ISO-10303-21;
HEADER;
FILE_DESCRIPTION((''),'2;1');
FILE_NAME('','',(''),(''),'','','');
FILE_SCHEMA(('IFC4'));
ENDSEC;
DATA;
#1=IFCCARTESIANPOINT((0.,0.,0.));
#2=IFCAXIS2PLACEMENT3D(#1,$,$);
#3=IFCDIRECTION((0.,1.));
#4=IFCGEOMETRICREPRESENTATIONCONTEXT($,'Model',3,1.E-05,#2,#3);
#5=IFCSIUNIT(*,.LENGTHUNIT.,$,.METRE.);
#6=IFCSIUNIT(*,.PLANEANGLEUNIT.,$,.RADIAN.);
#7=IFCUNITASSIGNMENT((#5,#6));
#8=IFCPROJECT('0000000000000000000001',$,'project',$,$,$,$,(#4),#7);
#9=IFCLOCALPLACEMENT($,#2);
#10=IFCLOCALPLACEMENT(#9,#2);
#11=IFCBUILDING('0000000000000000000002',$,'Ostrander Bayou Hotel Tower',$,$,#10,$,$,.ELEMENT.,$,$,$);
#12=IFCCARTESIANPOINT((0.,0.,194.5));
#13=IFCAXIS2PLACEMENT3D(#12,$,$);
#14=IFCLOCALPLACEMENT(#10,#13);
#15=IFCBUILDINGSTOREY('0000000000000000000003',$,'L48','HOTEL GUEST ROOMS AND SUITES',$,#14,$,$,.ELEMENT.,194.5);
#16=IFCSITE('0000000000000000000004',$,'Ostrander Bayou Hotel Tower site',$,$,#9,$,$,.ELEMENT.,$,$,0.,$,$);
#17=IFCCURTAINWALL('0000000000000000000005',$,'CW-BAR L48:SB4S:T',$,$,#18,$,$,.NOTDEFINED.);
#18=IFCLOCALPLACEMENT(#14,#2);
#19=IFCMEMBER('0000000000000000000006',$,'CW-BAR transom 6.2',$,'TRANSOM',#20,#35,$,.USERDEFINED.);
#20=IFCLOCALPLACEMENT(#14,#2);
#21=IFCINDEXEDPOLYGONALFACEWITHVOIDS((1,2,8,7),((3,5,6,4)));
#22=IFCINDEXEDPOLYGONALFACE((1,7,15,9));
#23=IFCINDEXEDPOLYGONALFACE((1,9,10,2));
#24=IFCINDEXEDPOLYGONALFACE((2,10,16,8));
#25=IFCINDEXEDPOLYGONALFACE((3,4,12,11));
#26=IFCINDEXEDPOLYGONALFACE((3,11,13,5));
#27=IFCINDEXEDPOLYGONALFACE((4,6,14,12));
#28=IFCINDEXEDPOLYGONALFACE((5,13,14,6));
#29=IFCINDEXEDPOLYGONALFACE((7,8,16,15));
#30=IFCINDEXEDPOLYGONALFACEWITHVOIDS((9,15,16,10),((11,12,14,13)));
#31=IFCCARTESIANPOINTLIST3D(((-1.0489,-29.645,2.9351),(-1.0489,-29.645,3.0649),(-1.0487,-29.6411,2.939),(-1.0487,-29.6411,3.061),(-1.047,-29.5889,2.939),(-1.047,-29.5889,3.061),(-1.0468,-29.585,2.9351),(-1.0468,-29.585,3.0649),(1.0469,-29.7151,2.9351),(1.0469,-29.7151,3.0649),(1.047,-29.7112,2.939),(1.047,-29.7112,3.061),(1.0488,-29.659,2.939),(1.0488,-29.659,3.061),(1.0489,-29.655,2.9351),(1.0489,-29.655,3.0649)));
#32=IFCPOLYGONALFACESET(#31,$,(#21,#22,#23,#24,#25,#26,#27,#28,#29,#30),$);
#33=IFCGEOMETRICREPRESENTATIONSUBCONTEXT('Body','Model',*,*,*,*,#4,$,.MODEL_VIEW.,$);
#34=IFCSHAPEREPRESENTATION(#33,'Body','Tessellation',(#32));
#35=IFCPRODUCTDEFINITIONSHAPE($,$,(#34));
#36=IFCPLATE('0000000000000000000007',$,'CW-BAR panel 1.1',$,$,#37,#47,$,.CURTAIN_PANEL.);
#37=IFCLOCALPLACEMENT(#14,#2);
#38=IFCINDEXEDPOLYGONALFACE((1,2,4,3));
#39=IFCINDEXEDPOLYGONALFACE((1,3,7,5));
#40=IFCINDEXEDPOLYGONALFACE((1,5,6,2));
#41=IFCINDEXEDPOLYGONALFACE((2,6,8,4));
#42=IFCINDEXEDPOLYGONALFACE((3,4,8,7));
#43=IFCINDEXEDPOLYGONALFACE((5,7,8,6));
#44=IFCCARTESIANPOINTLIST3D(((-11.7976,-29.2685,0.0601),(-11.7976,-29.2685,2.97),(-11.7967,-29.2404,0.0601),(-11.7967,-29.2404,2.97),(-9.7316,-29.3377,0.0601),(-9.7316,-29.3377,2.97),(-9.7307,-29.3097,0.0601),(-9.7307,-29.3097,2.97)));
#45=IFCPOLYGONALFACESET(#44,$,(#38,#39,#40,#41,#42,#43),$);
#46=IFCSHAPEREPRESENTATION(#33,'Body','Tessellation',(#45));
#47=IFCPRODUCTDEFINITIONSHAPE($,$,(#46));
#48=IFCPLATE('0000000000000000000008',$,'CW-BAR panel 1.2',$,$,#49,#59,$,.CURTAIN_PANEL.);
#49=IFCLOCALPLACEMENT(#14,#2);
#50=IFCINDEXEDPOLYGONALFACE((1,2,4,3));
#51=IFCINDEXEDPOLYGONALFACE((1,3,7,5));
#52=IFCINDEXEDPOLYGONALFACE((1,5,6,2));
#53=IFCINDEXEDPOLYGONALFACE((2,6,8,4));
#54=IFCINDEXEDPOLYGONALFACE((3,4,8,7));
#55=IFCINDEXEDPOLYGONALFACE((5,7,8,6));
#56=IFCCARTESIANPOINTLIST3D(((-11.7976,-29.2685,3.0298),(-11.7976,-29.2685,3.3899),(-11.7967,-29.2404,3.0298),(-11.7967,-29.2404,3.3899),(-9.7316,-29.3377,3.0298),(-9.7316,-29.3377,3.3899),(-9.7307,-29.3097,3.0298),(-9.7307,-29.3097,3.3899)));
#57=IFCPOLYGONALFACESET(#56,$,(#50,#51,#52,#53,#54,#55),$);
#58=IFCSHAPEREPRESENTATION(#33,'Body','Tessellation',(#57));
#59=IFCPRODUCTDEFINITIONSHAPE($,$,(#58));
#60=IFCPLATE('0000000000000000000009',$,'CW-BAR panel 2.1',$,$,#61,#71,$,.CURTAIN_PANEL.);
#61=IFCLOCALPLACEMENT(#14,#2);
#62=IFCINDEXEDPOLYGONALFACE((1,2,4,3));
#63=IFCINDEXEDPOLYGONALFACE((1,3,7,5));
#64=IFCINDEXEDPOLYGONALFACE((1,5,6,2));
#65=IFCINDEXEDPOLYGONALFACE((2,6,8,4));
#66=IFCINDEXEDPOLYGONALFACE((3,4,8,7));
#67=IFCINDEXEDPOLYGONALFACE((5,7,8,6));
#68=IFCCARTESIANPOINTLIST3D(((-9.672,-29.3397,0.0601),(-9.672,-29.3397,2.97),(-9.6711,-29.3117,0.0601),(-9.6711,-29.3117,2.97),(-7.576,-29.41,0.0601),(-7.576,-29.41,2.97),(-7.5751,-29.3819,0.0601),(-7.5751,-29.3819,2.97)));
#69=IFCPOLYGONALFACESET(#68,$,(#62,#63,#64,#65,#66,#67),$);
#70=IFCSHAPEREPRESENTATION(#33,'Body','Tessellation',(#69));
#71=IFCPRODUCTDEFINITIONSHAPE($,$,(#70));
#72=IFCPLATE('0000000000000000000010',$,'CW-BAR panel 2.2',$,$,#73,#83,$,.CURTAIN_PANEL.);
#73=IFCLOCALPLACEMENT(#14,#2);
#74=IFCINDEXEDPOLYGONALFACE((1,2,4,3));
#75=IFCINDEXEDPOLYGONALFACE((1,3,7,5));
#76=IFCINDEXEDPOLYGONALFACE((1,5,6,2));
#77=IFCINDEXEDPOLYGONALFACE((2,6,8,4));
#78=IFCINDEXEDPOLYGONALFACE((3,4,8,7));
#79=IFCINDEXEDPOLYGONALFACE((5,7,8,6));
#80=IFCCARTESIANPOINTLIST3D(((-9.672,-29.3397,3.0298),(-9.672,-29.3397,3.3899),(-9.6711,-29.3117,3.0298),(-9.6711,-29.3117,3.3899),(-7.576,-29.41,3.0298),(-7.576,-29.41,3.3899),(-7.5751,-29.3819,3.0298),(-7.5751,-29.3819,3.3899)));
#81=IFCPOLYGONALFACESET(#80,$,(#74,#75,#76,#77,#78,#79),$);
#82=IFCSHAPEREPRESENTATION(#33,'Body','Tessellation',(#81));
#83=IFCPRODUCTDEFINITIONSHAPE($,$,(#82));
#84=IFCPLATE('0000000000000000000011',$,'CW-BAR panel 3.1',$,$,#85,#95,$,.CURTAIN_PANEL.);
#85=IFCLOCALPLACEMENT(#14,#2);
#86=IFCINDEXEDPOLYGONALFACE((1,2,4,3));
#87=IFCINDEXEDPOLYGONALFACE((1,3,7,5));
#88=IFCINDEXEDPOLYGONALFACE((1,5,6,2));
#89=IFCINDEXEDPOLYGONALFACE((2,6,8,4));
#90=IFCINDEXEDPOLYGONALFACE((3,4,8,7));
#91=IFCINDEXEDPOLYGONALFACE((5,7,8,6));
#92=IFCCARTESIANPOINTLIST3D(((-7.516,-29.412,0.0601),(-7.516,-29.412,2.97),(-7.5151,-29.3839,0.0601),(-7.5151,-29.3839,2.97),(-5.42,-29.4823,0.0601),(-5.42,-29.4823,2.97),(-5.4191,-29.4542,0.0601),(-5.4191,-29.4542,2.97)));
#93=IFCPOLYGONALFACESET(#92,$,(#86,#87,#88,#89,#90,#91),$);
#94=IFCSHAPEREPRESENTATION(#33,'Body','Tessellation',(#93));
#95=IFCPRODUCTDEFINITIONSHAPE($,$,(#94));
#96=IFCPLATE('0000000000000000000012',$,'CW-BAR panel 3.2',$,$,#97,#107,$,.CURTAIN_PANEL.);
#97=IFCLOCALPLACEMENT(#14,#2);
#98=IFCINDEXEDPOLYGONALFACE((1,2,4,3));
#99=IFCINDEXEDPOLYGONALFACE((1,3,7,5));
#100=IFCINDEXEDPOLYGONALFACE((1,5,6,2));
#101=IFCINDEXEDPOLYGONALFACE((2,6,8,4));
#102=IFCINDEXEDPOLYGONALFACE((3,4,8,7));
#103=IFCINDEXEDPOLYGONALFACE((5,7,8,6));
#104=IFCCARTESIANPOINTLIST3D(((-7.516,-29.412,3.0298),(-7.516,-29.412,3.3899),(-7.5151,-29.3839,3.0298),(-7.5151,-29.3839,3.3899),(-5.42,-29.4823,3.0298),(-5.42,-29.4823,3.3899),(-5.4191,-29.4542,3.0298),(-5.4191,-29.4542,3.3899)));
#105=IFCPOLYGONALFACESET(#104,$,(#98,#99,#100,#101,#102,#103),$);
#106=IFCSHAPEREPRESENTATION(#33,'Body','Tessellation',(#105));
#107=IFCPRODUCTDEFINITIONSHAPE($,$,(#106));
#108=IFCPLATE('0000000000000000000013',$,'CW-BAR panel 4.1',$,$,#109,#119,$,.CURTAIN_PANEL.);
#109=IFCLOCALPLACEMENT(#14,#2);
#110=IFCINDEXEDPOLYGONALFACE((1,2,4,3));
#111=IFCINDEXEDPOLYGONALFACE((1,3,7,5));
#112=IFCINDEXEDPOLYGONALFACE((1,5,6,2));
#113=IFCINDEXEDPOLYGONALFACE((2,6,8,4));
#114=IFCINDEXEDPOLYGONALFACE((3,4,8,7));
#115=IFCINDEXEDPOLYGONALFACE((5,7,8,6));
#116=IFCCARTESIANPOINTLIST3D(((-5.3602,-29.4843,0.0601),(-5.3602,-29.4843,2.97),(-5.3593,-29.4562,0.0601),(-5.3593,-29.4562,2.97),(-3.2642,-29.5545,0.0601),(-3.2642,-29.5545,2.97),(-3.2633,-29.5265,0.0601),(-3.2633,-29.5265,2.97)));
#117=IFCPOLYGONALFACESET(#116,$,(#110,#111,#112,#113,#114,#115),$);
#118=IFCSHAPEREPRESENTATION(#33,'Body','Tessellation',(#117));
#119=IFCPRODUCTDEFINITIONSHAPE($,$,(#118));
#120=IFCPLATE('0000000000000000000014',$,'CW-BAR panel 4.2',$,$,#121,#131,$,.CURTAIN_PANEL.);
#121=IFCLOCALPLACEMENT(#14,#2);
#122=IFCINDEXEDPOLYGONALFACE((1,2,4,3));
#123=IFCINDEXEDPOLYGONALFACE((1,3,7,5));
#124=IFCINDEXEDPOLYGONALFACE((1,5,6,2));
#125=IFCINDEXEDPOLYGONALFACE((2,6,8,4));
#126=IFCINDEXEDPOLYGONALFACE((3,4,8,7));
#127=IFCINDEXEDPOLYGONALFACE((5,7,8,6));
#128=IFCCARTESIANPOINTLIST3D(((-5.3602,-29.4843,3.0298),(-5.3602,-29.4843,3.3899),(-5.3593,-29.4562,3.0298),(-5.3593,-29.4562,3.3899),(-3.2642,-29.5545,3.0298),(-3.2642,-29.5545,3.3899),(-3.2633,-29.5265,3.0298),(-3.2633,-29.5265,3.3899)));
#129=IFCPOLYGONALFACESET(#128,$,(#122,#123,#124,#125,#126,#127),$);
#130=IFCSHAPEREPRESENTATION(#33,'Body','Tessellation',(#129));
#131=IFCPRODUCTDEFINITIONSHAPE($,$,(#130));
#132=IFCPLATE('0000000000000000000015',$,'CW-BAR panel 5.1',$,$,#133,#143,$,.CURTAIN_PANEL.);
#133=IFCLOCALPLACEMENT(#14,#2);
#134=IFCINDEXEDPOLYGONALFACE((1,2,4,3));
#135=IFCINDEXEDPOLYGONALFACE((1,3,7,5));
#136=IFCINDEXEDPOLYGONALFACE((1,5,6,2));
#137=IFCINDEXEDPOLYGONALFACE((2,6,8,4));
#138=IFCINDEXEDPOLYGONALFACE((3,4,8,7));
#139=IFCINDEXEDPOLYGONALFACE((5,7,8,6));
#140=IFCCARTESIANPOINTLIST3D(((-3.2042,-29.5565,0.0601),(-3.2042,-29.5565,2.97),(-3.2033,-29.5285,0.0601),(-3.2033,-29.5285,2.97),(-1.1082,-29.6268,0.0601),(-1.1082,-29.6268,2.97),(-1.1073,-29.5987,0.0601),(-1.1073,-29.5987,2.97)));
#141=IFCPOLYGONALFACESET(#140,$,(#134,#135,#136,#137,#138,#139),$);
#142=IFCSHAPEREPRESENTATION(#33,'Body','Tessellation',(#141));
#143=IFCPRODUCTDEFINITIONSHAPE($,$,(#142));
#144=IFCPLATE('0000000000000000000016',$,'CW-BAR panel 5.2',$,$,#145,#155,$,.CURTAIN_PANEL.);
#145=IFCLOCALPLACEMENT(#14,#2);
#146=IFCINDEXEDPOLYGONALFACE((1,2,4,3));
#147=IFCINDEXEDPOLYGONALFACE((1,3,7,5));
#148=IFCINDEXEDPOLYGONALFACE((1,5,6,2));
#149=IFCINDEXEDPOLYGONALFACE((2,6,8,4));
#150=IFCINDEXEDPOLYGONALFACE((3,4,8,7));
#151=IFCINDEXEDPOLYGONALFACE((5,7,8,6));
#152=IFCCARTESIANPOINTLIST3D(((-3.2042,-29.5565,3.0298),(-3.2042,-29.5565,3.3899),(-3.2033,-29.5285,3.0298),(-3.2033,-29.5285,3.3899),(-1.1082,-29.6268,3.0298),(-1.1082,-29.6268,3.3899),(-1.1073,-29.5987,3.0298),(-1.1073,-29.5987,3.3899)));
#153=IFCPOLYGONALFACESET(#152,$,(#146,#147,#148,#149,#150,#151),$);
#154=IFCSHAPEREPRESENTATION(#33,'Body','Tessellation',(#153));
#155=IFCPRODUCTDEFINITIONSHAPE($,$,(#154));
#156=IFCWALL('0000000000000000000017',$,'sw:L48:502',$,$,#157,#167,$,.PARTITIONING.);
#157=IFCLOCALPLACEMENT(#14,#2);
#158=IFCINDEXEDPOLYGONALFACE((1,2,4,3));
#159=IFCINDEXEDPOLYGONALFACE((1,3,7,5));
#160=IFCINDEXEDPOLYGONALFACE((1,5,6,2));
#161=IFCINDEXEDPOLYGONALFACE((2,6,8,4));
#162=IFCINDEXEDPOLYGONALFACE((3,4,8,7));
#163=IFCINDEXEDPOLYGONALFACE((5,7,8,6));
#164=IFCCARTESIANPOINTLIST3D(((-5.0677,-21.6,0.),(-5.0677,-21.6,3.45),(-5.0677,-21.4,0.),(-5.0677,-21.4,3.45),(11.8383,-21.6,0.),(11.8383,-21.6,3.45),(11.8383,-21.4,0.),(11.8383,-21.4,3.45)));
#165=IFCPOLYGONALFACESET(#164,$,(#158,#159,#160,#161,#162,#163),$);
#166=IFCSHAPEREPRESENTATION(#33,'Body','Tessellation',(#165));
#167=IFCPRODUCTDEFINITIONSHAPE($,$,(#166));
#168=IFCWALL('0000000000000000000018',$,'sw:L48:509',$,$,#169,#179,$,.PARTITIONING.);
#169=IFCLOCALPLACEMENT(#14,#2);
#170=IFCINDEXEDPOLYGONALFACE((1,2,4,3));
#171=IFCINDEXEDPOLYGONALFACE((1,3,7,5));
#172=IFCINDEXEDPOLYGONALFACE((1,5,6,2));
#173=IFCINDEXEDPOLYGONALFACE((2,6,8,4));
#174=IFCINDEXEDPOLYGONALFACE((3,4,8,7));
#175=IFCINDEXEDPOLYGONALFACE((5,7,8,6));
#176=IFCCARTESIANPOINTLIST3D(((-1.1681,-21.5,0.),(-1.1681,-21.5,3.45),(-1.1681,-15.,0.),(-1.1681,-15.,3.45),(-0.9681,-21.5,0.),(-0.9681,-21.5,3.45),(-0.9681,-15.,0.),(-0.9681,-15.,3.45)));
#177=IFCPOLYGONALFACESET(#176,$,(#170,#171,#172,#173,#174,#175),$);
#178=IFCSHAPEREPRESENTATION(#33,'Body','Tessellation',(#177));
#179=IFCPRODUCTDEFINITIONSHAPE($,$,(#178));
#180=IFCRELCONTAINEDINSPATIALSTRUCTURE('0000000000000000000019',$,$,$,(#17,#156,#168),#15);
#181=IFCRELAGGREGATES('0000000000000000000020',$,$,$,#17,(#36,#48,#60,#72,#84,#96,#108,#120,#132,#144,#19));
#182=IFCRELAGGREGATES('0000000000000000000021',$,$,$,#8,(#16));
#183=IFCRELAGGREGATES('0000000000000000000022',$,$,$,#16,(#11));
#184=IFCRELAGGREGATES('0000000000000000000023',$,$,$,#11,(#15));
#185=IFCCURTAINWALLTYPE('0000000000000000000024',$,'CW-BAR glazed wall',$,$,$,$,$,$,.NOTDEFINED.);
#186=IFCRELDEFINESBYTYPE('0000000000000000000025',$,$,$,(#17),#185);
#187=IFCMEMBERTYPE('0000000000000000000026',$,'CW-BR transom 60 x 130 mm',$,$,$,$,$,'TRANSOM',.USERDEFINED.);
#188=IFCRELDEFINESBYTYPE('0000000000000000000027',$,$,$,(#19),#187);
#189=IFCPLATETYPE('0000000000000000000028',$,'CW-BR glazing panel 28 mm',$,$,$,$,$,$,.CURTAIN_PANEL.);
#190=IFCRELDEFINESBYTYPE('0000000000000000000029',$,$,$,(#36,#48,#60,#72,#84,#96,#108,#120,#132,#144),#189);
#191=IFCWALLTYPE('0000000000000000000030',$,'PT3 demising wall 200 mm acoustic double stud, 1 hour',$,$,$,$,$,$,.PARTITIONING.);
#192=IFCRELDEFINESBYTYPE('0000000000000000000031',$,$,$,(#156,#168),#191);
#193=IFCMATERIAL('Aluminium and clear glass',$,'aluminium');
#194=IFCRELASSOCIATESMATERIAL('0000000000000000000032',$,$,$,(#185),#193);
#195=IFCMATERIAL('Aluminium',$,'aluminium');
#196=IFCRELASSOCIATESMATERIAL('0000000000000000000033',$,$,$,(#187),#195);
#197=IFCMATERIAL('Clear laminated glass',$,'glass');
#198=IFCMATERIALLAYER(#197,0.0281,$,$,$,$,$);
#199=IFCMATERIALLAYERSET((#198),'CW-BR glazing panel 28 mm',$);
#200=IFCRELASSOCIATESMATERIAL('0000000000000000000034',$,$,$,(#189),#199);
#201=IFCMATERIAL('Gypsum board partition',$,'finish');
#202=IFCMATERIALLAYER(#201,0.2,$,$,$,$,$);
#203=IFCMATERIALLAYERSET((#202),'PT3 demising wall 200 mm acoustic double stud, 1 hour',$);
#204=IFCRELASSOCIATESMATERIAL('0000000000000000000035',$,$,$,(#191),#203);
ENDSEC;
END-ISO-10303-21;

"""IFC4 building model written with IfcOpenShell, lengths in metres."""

from ifc_helpers import new_model, si_unit, direction, frame, frame_2d, origin, origin_2d, place, context, subcontext, project, spatial, rectangle, hollow_rectangle, extrude, material, layer, layer_set, material_profile, profile_set, type_object, element, aggregate, save


model = new_model("IFC4")

# Units and contexts
model_context = context("Model", 3, precision=1e-05, world=origin(), true_north=direction((0.0, 1.0)))
body_context = subcontext(model_context, "Body", "Model", "MODEL_VIEW")
ifc_project = project(units=[si_unit("LENGTHUNIT", "METRE"), si_unit("PLANEANGLEUNIT", "RADIAN")], contexts=[model_context])

# Site, building, storey
site_placement = place(None, origin())
site = spatial("IfcSite", under=ifc_project, at=site_placement, Name="Ostrander Bayou Hotel Tower site", CompositionType="ELEMENT", RefElevation=0.0)
building_placement = place(site_placement, origin())
building = spatial("IfcBuilding", under=site, at=building_placement, Name="Ostrander Bayou Hotel Tower", CompositionType="ELEMENT")
storey_placement = place(building_placement, frame((0.0, 0.0, 194.5)))
storey = spatial("IfcBuildingStorey", under=building, at=storey_placement, Name="L48", Description="HOTEL GUEST ROOMS AND SUITES", CompositionType="ELEMENT", Elevation=194.5)

# Curtain wall, member, plates
ifc_material_1 = material(Name="Aluminium and clear glass", Category="aluminium")
curtain_wall_type = type_object("IfcCurtainWallType", Name="CW-BAR glazed wall", PredefinedType="NOTDEFINED", material=ifc_material_1)
curtain_wall_placement = place(storey_placement, origin())
curtain_wall = element("IfcCurtainWall", 1, at=curtain_wall_placement, inside=storey, type_object=curtain_wall_type, Name="CW-BAR L48:SB4S:T", PredefinedType="NOTDEFINED")
ifc_material_2 = material(Name="Aluminium", Category="aluminium")
ifc_material_profile_1 = material_profile(ifc_material_2, hollow_rectangle(XDim=0.0601, YDim=0.1299, WallThickness=0.0039, at=origin_2d()))
ifc_profile_set_1 = profile_set([ifc_material_profile_1], Name="Aluminium")
member_type_1 = type_object("IfcMemberType", Name="CW-BR transom 60 x 130 mm", ElementType="TRANSOM", PredefinedType="USERDEFINED", material=ifc_profile_set_1)
member_1_placement = place(storey_placement, frame((-1.0479, -29.615, 3.0), z_axis=(0.999442, -0.033416, 0.0), x_axis=(0.033416, 0.999442, 0.0)))
member_1 = element("IfcMember", 2, at=member_1_placement, type_object=member_type_1, Name="CW-BAR transom 6.2", ObjectType="TRANSOM", PredefinedType="USERDEFINED", context=body_context, shape_type="SweptSolid", body=[
    extrude(hollow_rectangle(XDim=0.0601, YDim=0.1299, WallThickness=0.0039, at=origin_2d()), origin(), (0.0, 0.0, 1.0), 2.0969),
])
ifc_material_3 = material(Name="Clear laminated glass", Category="glass")
ifc_layer_1 = layer(ifc_material_3, 0.0281)
ifc_layer_set_1 = layer_set([ifc_layer_1], Name="CW-BR glazing panel 28 mm")
plate_type = type_object("IfcPlateType", Name="CW-BR glazing panel 28 mm", PredefinedType="CURTAIN_PANEL", material=ifc_layer_set_1)
plate_1_placement = place(storey_placement, frame((-10.7642, -29.2891, 0.0601), z_axis=(0.0, 0.0, 1.0), x_axis=(0.999439, -0.033505, 0.0)))
plate_1 = element("IfcPlate", 3, at=plate_1_placement, type_object=plate_type, Name="CW-BAR panel 1.1", PredefinedType="CURTAIN_PANEL", context=body_context, shape_type="SweptSolid", body=[
    extrude(rectangle(XDim=2.0671, YDim=0.0281, at=origin_2d()), origin(), (0.0, 0.0, 1.0), 2.9099),
])
plate_2_placement = place(storey_placement, frame((-10.7642, -29.2891, 3.0298), z_axis=(0.0, 0.0, 1.0), x_axis=(0.999439, -0.033505, 0.0)))
plate_2 = element("IfcPlate", 4, at=plate_2_placement, type_object=plate_type, Name="CW-BAR panel 1.2", PredefinedType="CURTAIN_PANEL", context=body_context, shape_type="SweptSolid", body=[
    extrude(rectangle(XDim=2.0671, YDim=0.0281, at=origin_2d()), origin(), (0.0, 0.0, 1.0), 0.3601),
])
plate_3_placement = place(storey_placement, frame((-8.6235, -29.3608, 0.0601), z_axis=(0.0, 0.0, 1.0), x_axis=(0.999439, -0.033505, 0.0)))
plate_3 = element("IfcPlate", 5, at=plate_3_placement, type_object=plate_type, Name="CW-BAR panel 2.1", PredefinedType="CURTAIN_PANEL", context=body_context, shape_type="SweptSolid", body=[
    extrude(rectangle(XDim=2.0972, YDim=0.0281, at=origin_2d()), origin(), (0.0, 0.0, 1.0), 2.9099),
])
plate_4_placement = place(storey_placement, frame((-8.6235, -29.3608, 3.0298), z_axis=(0.0, 0.0, 1.0), x_axis=(0.999439, -0.033505, 0.0)))
plate_4 = element("IfcPlate", 6, at=plate_4_placement, type_object=plate_type, Name="CW-BAR panel 2.2", PredefinedType="CURTAIN_PANEL", context=body_context, shape_type="SweptSolid", body=[
    extrude(rectangle(XDim=2.0972, YDim=0.0281, at=origin_2d()), origin(), (0.0, 0.0, 1.0), 0.3601),
])
plate_5_placement = place(storey_placement, frame((-6.4675, -29.4331, 0.0601), z_axis=(0.0, 0.0, 1.0), x_axis=(0.999439, -0.033505, 0.0)))
plate_5 = element("IfcPlate", 7, at=plate_5_placement, type_object=plate_type, Name="CW-BAR panel 3.1", PredefinedType="CURTAIN_PANEL", context=body_context, shape_type="SweptSolid", body=[
    extrude(rectangle(XDim=2.0972, YDim=0.0281, at=origin_2d()), origin(), (0.0, 0.0, 1.0), 2.9099),
])
plate_6_placement = place(storey_placement, frame((-6.4675, -29.4331, 3.0298), z_axis=(0.0, 0.0, 1.0), x_axis=(0.999439, -0.033505, 0.0)))
plate_6 = element("IfcPlate", 8, at=plate_6_placement, type_object=plate_type, Name="CW-BAR panel 3.2", PredefinedType="CURTAIN_PANEL", context=body_context, shape_type="SweptSolid", body=[
    extrude(rectangle(XDim=2.0972, YDim=0.0281, at=origin_2d()), origin(), (0.0, 0.0, 1.0), 0.3601),
])
plate_7_placement = place(storey_placement, frame((-4.3118, -29.5054, 0.0601), z_axis=(0.0, 0.0, 1.0), x_axis=(0.999439, -0.033505, 0.0)))
plate_7 = element("IfcPlate", 9, at=plate_7_placement, type_object=plate_type, Name="CW-BAR panel 4.1", PredefinedType="CURTAIN_PANEL", context=body_context, shape_type="SweptSolid", body=[
    extrude(rectangle(XDim=2.0972, YDim=0.0281, at=origin_2d()), origin(), (0.0, 0.0, 1.0), 2.9099),
])
plate_8_placement = place(storey_placement, frame((-4.3118, -29.5054, 3.0298), z_axis=(0.0, 0.0, 1.0), x_axis=(0.999439, -0.033505, 0.0)))
plate_8 = element("IfcPlate", 10, at=plate_8_placement, type_object=plate_type, Name="CW-BAR panel 4.2", PredefinedType="CURTAIN_PANEL", context=body_context, shape_type="SweptSolid", body=[
    extrude(rectangle(XDim=2.0972, YDim=0.0281, at=origin_2d()), origin(), (0.0, 0.0, 1.0), 0.3601),
])
plate_9_placement = place(storey_placement, frame((-2.1558, -29.5776, 0.0601), z_axis=(0.0, 0.0, 1.0), x_axis=(0.999439, -0.033505, 0.0)))
plate_9 = element("IfcPlate", 11, at=plate_9_placement, type_object=plate_type, Name="CW-BAR panel 5.1", PredefinedType="CURTAIN_PANEL", context=body_context, shape_type="SweptSolid", body=[
    extrude(rectangle(XDim=2.0972, YDim=0.0281, at=origin_2d()), origin(), (0.0, 0.0, 1.0), 2.9099),
])
plate_10_placement = place(storey_placement, frame((-2.1558, -29.5776, 3.0298), z_axis=(0.0, 0.0, 1.0), x_axis=(0.999439, -0.033505, 0.0)))
plate_10 = element("IfcPlate", 12, at=plate_10_placement, type_object=plate_type, Name="CW-BAR panel 5.2", PredefinedType="CURTAIN_PANEL", context=body_context, shape_type="SweptSolid", body=[
    extrude(rectangle(XDim=2.0972, YDim=0.0281, at=origin_2d()), origin(), (0.0, 0.0, 1.0), 0.3601),
])
aggregate(curtain_wall, [plate_1, plate_2, plate_3, plate_4, plate_5, plate_6, plate_7, plate_8, plate_9, plate_10, member_1])

# Wall
ifc_material_4 = material(Name="Gypsum board partition", Category="finish")
ifc_layer_2 = layer(ifc_material_4, 0.2)
ifc_layer_set_2 = layer_set([ifc_layer_2], Name="PT3 demising wall 200 mm acoustic double stud, 1 hour")
wall_type = type_object("IfcWallType", Name="PT3 demising wall 200 mm acoustic double stud, 1 hour", PredefinedType="PARTITIONING", material=ifc_layer_set_2)
wall_1_placement = place(storey_placement, frame((-5.0679, -21.5, 0.0), z_axis=(0.0, 0.0, 1.0), x_axis=(1.0, 0.0, 0.0)))
element("IfcWall", 13, at=wall_1_placement, inside=storey, type_object=wall_type, Name="sw:L48:502", PredefinedType="PARTITIONING", context=body_context, shape_type="SweptSolid", body=[
    extrude(rectangle(XDim=16.906, YDim=0.2, at=frame_2d((8.4531, 0.0))), origin(), (0.0, 0.0, 1.0), 3.45),
])

# Wall
wall_2_placement = place(storey_placement, frame((-1.0681, -21.5, 0.0), z_axis=(0.0, 0.0, 1.0), x_axis=(0.0, 1.0, 0.0)))
element("IfcWall", 14, at=wall_2_placement, inside=storey, type_object=wall_type, Name="sw:L48:509", PredefinedType="PARTITIONING", context=body_context, shape_type="SweptSolid", body=[
    extrude(rectangle(XDim=6.5, YDim=0.2, at=frame_2d((3.25, 0.0))), origin(), (0.0, 0.0, 1.0), 3.45),
])

save(model, "model.ifc")
